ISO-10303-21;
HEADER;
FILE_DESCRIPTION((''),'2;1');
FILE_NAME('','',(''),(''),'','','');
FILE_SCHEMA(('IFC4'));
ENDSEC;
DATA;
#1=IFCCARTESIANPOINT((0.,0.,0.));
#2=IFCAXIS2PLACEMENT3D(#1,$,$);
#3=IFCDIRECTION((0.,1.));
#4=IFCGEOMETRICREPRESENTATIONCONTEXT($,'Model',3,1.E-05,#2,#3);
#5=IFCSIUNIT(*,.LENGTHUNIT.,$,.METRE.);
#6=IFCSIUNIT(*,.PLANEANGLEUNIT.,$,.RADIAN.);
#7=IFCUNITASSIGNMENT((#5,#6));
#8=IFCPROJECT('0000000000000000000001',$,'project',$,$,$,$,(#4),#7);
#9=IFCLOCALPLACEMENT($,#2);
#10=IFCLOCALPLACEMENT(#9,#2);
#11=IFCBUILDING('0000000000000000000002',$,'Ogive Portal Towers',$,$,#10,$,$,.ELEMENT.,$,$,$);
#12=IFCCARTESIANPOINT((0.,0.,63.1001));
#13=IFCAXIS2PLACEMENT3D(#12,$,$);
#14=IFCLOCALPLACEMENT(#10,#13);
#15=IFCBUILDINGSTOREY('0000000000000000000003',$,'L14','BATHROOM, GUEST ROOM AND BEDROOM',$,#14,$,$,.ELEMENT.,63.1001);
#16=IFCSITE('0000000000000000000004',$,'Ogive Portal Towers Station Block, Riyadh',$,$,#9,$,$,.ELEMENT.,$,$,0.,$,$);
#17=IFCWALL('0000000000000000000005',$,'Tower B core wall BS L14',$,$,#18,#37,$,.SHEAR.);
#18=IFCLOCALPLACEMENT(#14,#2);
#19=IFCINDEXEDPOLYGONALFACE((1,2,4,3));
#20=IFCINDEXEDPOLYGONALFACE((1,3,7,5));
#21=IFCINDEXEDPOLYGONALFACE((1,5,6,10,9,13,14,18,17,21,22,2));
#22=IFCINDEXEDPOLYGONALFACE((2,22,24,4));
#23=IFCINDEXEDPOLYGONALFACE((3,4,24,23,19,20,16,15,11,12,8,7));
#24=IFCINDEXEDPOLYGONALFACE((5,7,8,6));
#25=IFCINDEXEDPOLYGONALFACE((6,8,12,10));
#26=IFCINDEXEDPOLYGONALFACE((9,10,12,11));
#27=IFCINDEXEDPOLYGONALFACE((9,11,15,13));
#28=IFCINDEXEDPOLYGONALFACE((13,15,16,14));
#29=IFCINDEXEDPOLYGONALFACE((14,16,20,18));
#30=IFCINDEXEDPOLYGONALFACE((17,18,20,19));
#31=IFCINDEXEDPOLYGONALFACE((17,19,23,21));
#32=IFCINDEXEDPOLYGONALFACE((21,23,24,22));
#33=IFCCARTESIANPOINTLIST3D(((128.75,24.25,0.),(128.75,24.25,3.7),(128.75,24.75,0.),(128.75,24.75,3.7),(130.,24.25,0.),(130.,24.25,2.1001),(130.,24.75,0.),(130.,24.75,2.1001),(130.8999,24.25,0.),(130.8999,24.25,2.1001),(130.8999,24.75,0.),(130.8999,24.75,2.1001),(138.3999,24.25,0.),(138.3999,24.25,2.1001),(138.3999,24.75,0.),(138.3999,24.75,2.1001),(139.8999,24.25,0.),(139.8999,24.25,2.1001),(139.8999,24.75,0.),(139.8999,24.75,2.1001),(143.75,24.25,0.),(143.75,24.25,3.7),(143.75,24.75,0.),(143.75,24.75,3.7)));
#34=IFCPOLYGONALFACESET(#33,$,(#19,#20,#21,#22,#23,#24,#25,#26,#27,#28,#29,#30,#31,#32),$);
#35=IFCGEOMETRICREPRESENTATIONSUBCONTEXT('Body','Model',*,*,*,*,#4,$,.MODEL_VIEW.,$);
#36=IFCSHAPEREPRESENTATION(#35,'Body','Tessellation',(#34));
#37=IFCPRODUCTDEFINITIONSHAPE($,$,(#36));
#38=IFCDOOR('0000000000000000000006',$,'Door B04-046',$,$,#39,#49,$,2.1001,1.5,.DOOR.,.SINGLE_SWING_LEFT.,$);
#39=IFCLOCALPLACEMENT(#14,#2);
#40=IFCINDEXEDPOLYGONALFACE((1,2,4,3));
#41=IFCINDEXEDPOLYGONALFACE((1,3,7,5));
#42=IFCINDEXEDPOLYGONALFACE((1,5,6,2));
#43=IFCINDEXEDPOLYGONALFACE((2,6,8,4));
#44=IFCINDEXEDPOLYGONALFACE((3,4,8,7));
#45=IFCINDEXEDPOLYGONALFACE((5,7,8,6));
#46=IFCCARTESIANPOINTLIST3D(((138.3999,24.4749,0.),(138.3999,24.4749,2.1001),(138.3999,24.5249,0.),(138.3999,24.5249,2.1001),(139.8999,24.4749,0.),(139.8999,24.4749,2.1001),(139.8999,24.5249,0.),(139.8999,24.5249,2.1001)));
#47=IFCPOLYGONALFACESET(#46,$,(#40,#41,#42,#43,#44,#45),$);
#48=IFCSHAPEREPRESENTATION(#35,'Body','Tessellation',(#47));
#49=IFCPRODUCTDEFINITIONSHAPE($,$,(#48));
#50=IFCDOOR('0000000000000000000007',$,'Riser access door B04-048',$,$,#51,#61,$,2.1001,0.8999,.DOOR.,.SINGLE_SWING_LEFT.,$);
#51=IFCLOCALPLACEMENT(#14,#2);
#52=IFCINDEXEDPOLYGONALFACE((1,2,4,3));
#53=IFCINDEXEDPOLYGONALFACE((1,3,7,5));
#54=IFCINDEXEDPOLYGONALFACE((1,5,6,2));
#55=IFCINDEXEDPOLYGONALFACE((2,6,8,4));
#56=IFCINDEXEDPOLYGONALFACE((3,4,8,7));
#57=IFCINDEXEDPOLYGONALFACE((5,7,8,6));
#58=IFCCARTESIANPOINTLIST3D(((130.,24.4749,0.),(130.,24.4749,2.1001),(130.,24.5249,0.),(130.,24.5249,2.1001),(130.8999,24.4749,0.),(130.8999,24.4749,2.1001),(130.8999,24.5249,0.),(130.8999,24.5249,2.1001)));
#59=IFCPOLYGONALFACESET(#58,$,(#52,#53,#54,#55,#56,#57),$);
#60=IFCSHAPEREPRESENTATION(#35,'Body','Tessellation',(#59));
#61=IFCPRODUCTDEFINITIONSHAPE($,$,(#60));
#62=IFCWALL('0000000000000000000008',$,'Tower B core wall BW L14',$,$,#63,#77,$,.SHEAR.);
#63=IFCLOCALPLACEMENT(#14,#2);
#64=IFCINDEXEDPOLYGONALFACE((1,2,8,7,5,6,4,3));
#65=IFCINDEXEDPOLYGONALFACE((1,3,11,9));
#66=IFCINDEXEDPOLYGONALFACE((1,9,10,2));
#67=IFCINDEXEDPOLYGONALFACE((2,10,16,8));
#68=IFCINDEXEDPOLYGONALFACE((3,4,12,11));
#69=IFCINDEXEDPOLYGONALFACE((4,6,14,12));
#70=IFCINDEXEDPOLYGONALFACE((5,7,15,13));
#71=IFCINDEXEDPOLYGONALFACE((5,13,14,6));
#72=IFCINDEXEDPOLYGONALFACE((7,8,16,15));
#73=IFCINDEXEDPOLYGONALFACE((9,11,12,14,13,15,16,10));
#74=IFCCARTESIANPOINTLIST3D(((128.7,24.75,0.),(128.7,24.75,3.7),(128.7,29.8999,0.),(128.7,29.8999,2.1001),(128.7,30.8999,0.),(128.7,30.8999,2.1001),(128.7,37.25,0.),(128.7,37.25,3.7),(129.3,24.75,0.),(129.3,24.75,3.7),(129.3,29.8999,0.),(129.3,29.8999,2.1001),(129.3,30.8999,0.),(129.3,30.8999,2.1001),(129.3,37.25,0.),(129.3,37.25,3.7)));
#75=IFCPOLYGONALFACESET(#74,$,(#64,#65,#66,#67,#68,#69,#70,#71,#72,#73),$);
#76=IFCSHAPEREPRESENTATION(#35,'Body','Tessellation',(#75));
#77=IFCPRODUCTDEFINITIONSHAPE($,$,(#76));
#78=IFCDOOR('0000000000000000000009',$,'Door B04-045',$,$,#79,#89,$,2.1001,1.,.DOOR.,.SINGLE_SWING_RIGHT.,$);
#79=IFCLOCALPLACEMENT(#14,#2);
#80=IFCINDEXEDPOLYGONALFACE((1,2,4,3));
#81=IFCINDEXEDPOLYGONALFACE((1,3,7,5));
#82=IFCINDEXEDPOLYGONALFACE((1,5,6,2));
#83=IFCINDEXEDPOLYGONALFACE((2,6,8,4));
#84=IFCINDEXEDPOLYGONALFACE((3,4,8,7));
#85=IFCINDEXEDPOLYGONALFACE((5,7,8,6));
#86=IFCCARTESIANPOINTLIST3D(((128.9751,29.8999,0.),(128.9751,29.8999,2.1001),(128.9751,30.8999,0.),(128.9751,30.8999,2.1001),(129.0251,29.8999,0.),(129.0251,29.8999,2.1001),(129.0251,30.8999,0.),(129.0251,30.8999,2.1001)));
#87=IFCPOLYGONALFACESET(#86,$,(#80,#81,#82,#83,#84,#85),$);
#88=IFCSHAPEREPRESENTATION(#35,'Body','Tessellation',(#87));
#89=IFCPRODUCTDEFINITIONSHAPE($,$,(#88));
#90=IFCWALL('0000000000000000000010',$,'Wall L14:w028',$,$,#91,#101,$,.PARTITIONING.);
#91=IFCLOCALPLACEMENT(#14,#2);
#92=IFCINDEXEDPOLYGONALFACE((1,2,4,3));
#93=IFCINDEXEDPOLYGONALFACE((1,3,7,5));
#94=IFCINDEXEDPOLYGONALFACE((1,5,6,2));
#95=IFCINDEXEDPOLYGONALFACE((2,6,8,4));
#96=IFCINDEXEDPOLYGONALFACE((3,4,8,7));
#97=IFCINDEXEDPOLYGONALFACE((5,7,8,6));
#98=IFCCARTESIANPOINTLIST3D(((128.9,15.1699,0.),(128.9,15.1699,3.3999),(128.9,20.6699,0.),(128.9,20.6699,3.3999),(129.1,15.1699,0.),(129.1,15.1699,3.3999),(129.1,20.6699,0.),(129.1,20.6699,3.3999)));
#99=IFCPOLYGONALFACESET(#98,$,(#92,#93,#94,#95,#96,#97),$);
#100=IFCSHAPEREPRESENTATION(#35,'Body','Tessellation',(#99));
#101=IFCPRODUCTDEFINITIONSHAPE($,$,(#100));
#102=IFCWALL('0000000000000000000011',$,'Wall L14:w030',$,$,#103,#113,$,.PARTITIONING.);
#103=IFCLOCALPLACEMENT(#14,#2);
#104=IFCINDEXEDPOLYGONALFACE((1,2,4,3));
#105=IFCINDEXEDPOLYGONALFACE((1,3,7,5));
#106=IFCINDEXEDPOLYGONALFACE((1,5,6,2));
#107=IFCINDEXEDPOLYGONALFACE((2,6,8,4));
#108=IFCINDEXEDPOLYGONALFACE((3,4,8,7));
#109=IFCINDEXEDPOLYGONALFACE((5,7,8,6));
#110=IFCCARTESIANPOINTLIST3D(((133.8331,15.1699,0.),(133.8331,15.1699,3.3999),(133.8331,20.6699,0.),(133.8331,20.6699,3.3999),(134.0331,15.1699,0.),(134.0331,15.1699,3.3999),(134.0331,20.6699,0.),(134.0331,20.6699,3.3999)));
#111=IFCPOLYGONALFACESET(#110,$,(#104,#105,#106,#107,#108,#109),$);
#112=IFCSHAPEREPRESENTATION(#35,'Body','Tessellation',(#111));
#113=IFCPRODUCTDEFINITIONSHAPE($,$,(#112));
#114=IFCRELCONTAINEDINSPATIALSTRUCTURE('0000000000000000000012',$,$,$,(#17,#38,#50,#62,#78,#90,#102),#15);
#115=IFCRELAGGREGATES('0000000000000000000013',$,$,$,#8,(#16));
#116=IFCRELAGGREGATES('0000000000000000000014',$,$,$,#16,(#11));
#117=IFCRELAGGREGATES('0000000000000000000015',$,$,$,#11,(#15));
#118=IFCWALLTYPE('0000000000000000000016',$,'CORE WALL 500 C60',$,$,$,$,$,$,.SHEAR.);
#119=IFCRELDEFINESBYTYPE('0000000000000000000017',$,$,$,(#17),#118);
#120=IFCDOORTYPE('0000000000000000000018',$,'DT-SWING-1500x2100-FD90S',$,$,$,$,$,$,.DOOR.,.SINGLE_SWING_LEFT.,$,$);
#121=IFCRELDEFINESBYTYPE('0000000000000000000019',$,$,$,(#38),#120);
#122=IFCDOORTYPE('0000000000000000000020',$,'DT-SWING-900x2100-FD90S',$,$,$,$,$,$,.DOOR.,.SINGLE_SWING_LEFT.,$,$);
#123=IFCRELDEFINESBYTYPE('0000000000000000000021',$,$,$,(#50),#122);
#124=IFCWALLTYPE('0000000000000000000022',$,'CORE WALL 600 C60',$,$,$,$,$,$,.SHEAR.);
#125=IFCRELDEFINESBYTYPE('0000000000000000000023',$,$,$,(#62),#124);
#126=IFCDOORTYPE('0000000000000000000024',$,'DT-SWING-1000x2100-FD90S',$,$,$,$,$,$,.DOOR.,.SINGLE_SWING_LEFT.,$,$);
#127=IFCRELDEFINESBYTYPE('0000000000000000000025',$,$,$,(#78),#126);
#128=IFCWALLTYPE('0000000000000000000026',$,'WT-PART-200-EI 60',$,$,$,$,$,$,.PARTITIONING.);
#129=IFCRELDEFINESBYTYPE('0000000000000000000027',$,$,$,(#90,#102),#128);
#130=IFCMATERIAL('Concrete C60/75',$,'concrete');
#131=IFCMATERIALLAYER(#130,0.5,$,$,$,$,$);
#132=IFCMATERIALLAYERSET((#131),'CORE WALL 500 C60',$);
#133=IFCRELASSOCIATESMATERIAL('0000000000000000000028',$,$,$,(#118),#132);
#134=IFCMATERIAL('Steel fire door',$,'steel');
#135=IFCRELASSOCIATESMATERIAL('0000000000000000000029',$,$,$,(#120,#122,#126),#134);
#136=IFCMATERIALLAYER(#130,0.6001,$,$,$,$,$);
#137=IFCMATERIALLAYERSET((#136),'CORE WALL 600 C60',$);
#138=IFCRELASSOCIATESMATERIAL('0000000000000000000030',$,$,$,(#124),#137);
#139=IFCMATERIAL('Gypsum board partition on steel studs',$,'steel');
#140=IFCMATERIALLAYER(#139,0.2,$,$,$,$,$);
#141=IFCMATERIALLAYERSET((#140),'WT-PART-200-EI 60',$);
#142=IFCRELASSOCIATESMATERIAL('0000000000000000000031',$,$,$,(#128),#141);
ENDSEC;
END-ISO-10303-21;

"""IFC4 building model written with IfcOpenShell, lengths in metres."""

from ifc_helpers import new_model, si_unit, direction, frame, frame_2d, origin, place, context, subcontext, project, spatial, rectangle, extrude, material, layer, layer_set, type_object, element, fill, save


model = new_model("IFC4")

# Units and contexts
model_context = context("Model", 3, precision=1e-05, world=origin(), true_north=direction((0.0, 1.0)))
body_context = subcontext(model_context, "Body", "Model", "MODEL_VIEW")
ifc_project = project(units=[si_unit("LENGTHUNIT", "METRE"), si_unit("PLANEANGLEUNIT", "RADIAN")], contexts=[model_context])

# Site, building, storey
site_placement = place(None, origin())
site = spatial("IfcSite", under=ifc_project, at=site_placement, Name="Ogive Portal Towers Station Block, Riyadh", CompositionType="ELEMENT", RefElevation=0.0)
building_placement = place(site_placement, origin())
building = spatial("IfcBuilding", under=site, at=building_placement, Name="Ogive Portal Towers", CompositionType="ELEMENT")
storey_placement = place(building_placement, frame((0.0, 0.0, 63.1001)))
storey = spatial("IfcBuildingStorey", under=building, at=storey_placement, Name="L14", Description="BATHROOM, GUEST ROOM AND BEDROOM", CompositionType="ELEMENT", Elevation=63.1001)

# Shared definitions
ifc_material_1 = material(Name="Concrete C60/75", Category="concrete")
ifc_material_2 = material(Name="Steel fire door", Category="steel")

# Wall, openings, doors
ifc_layer_1 = layer(ifc_material_1, 0.5)
ifc_layer_set_1 = layer_set([ifc_layer_1], Name="CORE WALL 500 C60")
wall_type_1 = type_object("IfcWallType", Name="CORE WALL 500 C60", PredefinedType="SHEAR", material=ifc_layer_set_1)
wall_1_placement = place(storey_placement, frame((128.75, 24.5, 0.0), z_axis=(0.0, 0.0, 1.0), x_axis=(1.0, 0.0, 0.0)))
wall_1 = element("IfcWall", 1, at=wall_1_placement, inside=storey, type_object=wall_type_1, Name="Tower B core wall BS L14", PredefinedType="SHEAR", context=body_context, shape_type="SweptSolid", body=[
    extrude(rectangle(XDim=15.0, YDim=0.5, at=frame_2d((7.5, 0.0))), origin(), (0.0, 0.0, 1.0), 3.7),
])
opening_1_placement = place(wall_1_placement, frame((9.6499, 0.0, 0.0)))
opening_1 = element("IfcOpeningElement", 2, at=opening_1_placement, cuts=wall_1, PredefinedType="OPENING", context=body_context, shape_type="SweptSolid", body=[
    extrude(rectangle(XDim=1.5, YDim=2.1001, at=frame_2d((0.75, 1.05))), frame((0.0, 0.26, 0.0), z_axis=(0.0, -1.0, 0.0), x_axis=(1.0, 0.0, 0.0)), (0.0, 0.0, 1.0), 0.52),
])
opening_2_placement = place(wall_1_placement, frame((1.25, 0.0, 0.0)))
opening_2 = element("IfcOpeningElement", 3, at=opening_2_placement, cuts=wall_1, PredefinedType="OPENING", context=body_context, shape_type="SweptSolid", body=[
    extrude(rectangle(XDim=0.8999, YDim=2.1001, at=frame_2d((0.45, 1.05))), frame((0.0, 0.26, 0.0), z_axis=(0.0, -1.0, 0.0), x_axis=(1.0, 0.0, 0.0)), (0.0, 0.0, 1.0), 0.52),
])
door_type_1 = type_object("IfcDoorType", Name="DT-SWING-1500x2100-FD90S", OperationType="SINGLE_SWING_LEFT", PredefinedType="DOOR", material=ifc_material_2)
door_1_placement = place(opening_1_placement, origin())
door_1 = element("IfcDoor", 4, at=door_1_placement, inside=storey, type_object=door_type_1, Name="Door B04-046", OperationType="SINGLE_SWING_LEFT", OverallHeight=2.1001, OverallWidth=1.5, PredefinedType="DOOR", context=body_context, shape_type="SweptSolid", body=[
    extrude(rectangle(XDim=1.5, YDim=2.1001, at=frame_2d((0.75, 1.05))), frame((0.0, 0.0249, 0.0), z_axis=(0.0, -1.0, 0.0), x_axis=(1.0, 0.0, 0.0)), (0.0, 0.0, 1.0), 0.05),
])
fill(opening_1, door_1)
door_type_2 = type_object("IfcDoorType", Name="DT-SWING-900x2100-FD90S", OperationType="SINGLE_SWING_LEFT", PredefinedType="DOOR", material=ifc_material_2)
door_2_placement = place(opening_2_placement, origin())
door_2 = element("IfcDoor", 5, at=door_2_placement, inside=storey, type_object=door_type_2, Name="Riser access door B04-048", OperationType="SINGLE_SWING_LEFT", OverallHeight=2.1001, OverallWidth=0.8999, PredefinedType="DOOR", context=body_context, shape_type="SweptSolid", body=[
    extrude(rectangle(XDim=0.8999, YDim=2.1001, at=frame_2d((0.45, 1.05))), frame((0.0, 0.0249, 0.0), z_axis=(0.0, -1.0, 0.0), x_axis=(1.0, 0.0, 0.0)), (0.0, 0.0, 1.0), 0.05),
])
fill(opening_2, door_2)

# Wall, opening, door
ifc_layer_2 = layer(ifc_material_1, 0.6001)
ifc_layer_set_2 = layer_set([ifc_layer_2], Name="CORE WALL 600 C60")
wall_type_2 = type_object("IfcWallType", Name="CORE WALL 600 C60", PredefinedType="SHEAR", material=ifc_layer_set_2)
wall_2_placement = place(storey_placement, frame((129.0, 24.75, 0.0), z_axis=(0.0, 0.0, 1.0), x_axis=(0.0, 1.0, 0.0)))
wall_2 = element("IfcWall", 6, at=wall_2_placement, inside=storey, type_object=wall_type_2, Name="Tower B core wall BW L14", PredefinedType="SHEAR", context=body_context, shape_type="SweptSolid", body=[
    extrude(rectangle(XDim=12.5, YDim=0.6001, at=frame_2d((6.25, 0.0))), origin(), (0.0, 0.0, 1.0), 3.7),
])
opening_3_placement = place(wall_2_placement, frame((5.1499, 0.0, 0.0)))
opening_3 = element("IfcOpeningElement", 7, at=opening_3_placement, cuts=wall_2, PredefinedType="OPENING", context=body_context, shape_type="SweptSolid", body=[
    extrude(rectangle(XDim=1.0, YDim=2.1001, at=frame_2d((0.5, 1.05))), frame((0.0, 0.3101, 0.0), z_axis=(0.0, -1.0, 0.0), x_axis=(1.0, 0.0, 0.0)), (0.0, 0.0, 1.0), 0.6201),
])
door_type_3 = type_object("IfcDoorType", Name="DT-SWING-1000x2100-FD90S", OperationType="SINGLE_SWING_LEFT", PredefinedType="DOOR", material=ifc_material_2)
door_3_placement = place(opening_3_placement, origin())
door_3 = element("IfcDoor", 8, at=door_3_placement, inside=storey, type_object=door_type_3, Name="Door B04-045", OperationType="SINGLE_SWING_RIGHT", OverallHeight=2.1001, OverallWidth=1.0, PredefinedType="DOOR", context=body_context, shape_type="SweptSolid", body=[
    extrude(rectangle(XDim=1.0, YDim=2.1001, at=frame_2d((0.5, 1.05))), frame((0.0, 0.0249, 0.0), z_axis=(0.0, -1.0, 0.0), x_axis=(1.0, 0.0, 0.0)), (0.0, 0.0, 1.0), 0.05),
])
fill(opening_3, door_3)

# Walls
ifc_material_3 = material(Name="Gypsum board partition on steel studs", Category="steel")
ifc_layer_3 = layer(ifc_material_3, 0.2)
ifc_layer_set_3 = layer_set([ifc_layer_3], Name="WT-PART-200-EI 60")
wall_type_3 = type_object("IfcWallType", Name="WT-PART-200-EI 60", PredefinedType="PARTITIONING", material=ifc_layer_set_3)
for number, where, z_axis, x_axis, name in (
    (9, (129.0, 15.1699, 0.0), (0.0, 0.0, 1.0), (0.0, 1.0, 0.0), "Wall L14:w028"),
    (10, (133.9331, 15.1699, 0.0), (0.0, 0.0, 1.0), (0.0, 1.0, 0.0), "Wall L14:w030"),
):
    element("IfcWall", number, at=place(storey_placement, frame(where, z_axis=z_axis, x_axis=x_axis)), inside=storey, type_object=wall_type_3, Name=name, PredefinedType="PARTITIONING", context=body_context, shape_type="SweptSolid", body=[
        extrude(rectangle(XDim=5.5, YDim=0.2, at=frame_2d((2.75, 0.0))), origin(), (0.0, 0.0, 1.0), 3.3999),
    ])

save(model, "model.ifc")
